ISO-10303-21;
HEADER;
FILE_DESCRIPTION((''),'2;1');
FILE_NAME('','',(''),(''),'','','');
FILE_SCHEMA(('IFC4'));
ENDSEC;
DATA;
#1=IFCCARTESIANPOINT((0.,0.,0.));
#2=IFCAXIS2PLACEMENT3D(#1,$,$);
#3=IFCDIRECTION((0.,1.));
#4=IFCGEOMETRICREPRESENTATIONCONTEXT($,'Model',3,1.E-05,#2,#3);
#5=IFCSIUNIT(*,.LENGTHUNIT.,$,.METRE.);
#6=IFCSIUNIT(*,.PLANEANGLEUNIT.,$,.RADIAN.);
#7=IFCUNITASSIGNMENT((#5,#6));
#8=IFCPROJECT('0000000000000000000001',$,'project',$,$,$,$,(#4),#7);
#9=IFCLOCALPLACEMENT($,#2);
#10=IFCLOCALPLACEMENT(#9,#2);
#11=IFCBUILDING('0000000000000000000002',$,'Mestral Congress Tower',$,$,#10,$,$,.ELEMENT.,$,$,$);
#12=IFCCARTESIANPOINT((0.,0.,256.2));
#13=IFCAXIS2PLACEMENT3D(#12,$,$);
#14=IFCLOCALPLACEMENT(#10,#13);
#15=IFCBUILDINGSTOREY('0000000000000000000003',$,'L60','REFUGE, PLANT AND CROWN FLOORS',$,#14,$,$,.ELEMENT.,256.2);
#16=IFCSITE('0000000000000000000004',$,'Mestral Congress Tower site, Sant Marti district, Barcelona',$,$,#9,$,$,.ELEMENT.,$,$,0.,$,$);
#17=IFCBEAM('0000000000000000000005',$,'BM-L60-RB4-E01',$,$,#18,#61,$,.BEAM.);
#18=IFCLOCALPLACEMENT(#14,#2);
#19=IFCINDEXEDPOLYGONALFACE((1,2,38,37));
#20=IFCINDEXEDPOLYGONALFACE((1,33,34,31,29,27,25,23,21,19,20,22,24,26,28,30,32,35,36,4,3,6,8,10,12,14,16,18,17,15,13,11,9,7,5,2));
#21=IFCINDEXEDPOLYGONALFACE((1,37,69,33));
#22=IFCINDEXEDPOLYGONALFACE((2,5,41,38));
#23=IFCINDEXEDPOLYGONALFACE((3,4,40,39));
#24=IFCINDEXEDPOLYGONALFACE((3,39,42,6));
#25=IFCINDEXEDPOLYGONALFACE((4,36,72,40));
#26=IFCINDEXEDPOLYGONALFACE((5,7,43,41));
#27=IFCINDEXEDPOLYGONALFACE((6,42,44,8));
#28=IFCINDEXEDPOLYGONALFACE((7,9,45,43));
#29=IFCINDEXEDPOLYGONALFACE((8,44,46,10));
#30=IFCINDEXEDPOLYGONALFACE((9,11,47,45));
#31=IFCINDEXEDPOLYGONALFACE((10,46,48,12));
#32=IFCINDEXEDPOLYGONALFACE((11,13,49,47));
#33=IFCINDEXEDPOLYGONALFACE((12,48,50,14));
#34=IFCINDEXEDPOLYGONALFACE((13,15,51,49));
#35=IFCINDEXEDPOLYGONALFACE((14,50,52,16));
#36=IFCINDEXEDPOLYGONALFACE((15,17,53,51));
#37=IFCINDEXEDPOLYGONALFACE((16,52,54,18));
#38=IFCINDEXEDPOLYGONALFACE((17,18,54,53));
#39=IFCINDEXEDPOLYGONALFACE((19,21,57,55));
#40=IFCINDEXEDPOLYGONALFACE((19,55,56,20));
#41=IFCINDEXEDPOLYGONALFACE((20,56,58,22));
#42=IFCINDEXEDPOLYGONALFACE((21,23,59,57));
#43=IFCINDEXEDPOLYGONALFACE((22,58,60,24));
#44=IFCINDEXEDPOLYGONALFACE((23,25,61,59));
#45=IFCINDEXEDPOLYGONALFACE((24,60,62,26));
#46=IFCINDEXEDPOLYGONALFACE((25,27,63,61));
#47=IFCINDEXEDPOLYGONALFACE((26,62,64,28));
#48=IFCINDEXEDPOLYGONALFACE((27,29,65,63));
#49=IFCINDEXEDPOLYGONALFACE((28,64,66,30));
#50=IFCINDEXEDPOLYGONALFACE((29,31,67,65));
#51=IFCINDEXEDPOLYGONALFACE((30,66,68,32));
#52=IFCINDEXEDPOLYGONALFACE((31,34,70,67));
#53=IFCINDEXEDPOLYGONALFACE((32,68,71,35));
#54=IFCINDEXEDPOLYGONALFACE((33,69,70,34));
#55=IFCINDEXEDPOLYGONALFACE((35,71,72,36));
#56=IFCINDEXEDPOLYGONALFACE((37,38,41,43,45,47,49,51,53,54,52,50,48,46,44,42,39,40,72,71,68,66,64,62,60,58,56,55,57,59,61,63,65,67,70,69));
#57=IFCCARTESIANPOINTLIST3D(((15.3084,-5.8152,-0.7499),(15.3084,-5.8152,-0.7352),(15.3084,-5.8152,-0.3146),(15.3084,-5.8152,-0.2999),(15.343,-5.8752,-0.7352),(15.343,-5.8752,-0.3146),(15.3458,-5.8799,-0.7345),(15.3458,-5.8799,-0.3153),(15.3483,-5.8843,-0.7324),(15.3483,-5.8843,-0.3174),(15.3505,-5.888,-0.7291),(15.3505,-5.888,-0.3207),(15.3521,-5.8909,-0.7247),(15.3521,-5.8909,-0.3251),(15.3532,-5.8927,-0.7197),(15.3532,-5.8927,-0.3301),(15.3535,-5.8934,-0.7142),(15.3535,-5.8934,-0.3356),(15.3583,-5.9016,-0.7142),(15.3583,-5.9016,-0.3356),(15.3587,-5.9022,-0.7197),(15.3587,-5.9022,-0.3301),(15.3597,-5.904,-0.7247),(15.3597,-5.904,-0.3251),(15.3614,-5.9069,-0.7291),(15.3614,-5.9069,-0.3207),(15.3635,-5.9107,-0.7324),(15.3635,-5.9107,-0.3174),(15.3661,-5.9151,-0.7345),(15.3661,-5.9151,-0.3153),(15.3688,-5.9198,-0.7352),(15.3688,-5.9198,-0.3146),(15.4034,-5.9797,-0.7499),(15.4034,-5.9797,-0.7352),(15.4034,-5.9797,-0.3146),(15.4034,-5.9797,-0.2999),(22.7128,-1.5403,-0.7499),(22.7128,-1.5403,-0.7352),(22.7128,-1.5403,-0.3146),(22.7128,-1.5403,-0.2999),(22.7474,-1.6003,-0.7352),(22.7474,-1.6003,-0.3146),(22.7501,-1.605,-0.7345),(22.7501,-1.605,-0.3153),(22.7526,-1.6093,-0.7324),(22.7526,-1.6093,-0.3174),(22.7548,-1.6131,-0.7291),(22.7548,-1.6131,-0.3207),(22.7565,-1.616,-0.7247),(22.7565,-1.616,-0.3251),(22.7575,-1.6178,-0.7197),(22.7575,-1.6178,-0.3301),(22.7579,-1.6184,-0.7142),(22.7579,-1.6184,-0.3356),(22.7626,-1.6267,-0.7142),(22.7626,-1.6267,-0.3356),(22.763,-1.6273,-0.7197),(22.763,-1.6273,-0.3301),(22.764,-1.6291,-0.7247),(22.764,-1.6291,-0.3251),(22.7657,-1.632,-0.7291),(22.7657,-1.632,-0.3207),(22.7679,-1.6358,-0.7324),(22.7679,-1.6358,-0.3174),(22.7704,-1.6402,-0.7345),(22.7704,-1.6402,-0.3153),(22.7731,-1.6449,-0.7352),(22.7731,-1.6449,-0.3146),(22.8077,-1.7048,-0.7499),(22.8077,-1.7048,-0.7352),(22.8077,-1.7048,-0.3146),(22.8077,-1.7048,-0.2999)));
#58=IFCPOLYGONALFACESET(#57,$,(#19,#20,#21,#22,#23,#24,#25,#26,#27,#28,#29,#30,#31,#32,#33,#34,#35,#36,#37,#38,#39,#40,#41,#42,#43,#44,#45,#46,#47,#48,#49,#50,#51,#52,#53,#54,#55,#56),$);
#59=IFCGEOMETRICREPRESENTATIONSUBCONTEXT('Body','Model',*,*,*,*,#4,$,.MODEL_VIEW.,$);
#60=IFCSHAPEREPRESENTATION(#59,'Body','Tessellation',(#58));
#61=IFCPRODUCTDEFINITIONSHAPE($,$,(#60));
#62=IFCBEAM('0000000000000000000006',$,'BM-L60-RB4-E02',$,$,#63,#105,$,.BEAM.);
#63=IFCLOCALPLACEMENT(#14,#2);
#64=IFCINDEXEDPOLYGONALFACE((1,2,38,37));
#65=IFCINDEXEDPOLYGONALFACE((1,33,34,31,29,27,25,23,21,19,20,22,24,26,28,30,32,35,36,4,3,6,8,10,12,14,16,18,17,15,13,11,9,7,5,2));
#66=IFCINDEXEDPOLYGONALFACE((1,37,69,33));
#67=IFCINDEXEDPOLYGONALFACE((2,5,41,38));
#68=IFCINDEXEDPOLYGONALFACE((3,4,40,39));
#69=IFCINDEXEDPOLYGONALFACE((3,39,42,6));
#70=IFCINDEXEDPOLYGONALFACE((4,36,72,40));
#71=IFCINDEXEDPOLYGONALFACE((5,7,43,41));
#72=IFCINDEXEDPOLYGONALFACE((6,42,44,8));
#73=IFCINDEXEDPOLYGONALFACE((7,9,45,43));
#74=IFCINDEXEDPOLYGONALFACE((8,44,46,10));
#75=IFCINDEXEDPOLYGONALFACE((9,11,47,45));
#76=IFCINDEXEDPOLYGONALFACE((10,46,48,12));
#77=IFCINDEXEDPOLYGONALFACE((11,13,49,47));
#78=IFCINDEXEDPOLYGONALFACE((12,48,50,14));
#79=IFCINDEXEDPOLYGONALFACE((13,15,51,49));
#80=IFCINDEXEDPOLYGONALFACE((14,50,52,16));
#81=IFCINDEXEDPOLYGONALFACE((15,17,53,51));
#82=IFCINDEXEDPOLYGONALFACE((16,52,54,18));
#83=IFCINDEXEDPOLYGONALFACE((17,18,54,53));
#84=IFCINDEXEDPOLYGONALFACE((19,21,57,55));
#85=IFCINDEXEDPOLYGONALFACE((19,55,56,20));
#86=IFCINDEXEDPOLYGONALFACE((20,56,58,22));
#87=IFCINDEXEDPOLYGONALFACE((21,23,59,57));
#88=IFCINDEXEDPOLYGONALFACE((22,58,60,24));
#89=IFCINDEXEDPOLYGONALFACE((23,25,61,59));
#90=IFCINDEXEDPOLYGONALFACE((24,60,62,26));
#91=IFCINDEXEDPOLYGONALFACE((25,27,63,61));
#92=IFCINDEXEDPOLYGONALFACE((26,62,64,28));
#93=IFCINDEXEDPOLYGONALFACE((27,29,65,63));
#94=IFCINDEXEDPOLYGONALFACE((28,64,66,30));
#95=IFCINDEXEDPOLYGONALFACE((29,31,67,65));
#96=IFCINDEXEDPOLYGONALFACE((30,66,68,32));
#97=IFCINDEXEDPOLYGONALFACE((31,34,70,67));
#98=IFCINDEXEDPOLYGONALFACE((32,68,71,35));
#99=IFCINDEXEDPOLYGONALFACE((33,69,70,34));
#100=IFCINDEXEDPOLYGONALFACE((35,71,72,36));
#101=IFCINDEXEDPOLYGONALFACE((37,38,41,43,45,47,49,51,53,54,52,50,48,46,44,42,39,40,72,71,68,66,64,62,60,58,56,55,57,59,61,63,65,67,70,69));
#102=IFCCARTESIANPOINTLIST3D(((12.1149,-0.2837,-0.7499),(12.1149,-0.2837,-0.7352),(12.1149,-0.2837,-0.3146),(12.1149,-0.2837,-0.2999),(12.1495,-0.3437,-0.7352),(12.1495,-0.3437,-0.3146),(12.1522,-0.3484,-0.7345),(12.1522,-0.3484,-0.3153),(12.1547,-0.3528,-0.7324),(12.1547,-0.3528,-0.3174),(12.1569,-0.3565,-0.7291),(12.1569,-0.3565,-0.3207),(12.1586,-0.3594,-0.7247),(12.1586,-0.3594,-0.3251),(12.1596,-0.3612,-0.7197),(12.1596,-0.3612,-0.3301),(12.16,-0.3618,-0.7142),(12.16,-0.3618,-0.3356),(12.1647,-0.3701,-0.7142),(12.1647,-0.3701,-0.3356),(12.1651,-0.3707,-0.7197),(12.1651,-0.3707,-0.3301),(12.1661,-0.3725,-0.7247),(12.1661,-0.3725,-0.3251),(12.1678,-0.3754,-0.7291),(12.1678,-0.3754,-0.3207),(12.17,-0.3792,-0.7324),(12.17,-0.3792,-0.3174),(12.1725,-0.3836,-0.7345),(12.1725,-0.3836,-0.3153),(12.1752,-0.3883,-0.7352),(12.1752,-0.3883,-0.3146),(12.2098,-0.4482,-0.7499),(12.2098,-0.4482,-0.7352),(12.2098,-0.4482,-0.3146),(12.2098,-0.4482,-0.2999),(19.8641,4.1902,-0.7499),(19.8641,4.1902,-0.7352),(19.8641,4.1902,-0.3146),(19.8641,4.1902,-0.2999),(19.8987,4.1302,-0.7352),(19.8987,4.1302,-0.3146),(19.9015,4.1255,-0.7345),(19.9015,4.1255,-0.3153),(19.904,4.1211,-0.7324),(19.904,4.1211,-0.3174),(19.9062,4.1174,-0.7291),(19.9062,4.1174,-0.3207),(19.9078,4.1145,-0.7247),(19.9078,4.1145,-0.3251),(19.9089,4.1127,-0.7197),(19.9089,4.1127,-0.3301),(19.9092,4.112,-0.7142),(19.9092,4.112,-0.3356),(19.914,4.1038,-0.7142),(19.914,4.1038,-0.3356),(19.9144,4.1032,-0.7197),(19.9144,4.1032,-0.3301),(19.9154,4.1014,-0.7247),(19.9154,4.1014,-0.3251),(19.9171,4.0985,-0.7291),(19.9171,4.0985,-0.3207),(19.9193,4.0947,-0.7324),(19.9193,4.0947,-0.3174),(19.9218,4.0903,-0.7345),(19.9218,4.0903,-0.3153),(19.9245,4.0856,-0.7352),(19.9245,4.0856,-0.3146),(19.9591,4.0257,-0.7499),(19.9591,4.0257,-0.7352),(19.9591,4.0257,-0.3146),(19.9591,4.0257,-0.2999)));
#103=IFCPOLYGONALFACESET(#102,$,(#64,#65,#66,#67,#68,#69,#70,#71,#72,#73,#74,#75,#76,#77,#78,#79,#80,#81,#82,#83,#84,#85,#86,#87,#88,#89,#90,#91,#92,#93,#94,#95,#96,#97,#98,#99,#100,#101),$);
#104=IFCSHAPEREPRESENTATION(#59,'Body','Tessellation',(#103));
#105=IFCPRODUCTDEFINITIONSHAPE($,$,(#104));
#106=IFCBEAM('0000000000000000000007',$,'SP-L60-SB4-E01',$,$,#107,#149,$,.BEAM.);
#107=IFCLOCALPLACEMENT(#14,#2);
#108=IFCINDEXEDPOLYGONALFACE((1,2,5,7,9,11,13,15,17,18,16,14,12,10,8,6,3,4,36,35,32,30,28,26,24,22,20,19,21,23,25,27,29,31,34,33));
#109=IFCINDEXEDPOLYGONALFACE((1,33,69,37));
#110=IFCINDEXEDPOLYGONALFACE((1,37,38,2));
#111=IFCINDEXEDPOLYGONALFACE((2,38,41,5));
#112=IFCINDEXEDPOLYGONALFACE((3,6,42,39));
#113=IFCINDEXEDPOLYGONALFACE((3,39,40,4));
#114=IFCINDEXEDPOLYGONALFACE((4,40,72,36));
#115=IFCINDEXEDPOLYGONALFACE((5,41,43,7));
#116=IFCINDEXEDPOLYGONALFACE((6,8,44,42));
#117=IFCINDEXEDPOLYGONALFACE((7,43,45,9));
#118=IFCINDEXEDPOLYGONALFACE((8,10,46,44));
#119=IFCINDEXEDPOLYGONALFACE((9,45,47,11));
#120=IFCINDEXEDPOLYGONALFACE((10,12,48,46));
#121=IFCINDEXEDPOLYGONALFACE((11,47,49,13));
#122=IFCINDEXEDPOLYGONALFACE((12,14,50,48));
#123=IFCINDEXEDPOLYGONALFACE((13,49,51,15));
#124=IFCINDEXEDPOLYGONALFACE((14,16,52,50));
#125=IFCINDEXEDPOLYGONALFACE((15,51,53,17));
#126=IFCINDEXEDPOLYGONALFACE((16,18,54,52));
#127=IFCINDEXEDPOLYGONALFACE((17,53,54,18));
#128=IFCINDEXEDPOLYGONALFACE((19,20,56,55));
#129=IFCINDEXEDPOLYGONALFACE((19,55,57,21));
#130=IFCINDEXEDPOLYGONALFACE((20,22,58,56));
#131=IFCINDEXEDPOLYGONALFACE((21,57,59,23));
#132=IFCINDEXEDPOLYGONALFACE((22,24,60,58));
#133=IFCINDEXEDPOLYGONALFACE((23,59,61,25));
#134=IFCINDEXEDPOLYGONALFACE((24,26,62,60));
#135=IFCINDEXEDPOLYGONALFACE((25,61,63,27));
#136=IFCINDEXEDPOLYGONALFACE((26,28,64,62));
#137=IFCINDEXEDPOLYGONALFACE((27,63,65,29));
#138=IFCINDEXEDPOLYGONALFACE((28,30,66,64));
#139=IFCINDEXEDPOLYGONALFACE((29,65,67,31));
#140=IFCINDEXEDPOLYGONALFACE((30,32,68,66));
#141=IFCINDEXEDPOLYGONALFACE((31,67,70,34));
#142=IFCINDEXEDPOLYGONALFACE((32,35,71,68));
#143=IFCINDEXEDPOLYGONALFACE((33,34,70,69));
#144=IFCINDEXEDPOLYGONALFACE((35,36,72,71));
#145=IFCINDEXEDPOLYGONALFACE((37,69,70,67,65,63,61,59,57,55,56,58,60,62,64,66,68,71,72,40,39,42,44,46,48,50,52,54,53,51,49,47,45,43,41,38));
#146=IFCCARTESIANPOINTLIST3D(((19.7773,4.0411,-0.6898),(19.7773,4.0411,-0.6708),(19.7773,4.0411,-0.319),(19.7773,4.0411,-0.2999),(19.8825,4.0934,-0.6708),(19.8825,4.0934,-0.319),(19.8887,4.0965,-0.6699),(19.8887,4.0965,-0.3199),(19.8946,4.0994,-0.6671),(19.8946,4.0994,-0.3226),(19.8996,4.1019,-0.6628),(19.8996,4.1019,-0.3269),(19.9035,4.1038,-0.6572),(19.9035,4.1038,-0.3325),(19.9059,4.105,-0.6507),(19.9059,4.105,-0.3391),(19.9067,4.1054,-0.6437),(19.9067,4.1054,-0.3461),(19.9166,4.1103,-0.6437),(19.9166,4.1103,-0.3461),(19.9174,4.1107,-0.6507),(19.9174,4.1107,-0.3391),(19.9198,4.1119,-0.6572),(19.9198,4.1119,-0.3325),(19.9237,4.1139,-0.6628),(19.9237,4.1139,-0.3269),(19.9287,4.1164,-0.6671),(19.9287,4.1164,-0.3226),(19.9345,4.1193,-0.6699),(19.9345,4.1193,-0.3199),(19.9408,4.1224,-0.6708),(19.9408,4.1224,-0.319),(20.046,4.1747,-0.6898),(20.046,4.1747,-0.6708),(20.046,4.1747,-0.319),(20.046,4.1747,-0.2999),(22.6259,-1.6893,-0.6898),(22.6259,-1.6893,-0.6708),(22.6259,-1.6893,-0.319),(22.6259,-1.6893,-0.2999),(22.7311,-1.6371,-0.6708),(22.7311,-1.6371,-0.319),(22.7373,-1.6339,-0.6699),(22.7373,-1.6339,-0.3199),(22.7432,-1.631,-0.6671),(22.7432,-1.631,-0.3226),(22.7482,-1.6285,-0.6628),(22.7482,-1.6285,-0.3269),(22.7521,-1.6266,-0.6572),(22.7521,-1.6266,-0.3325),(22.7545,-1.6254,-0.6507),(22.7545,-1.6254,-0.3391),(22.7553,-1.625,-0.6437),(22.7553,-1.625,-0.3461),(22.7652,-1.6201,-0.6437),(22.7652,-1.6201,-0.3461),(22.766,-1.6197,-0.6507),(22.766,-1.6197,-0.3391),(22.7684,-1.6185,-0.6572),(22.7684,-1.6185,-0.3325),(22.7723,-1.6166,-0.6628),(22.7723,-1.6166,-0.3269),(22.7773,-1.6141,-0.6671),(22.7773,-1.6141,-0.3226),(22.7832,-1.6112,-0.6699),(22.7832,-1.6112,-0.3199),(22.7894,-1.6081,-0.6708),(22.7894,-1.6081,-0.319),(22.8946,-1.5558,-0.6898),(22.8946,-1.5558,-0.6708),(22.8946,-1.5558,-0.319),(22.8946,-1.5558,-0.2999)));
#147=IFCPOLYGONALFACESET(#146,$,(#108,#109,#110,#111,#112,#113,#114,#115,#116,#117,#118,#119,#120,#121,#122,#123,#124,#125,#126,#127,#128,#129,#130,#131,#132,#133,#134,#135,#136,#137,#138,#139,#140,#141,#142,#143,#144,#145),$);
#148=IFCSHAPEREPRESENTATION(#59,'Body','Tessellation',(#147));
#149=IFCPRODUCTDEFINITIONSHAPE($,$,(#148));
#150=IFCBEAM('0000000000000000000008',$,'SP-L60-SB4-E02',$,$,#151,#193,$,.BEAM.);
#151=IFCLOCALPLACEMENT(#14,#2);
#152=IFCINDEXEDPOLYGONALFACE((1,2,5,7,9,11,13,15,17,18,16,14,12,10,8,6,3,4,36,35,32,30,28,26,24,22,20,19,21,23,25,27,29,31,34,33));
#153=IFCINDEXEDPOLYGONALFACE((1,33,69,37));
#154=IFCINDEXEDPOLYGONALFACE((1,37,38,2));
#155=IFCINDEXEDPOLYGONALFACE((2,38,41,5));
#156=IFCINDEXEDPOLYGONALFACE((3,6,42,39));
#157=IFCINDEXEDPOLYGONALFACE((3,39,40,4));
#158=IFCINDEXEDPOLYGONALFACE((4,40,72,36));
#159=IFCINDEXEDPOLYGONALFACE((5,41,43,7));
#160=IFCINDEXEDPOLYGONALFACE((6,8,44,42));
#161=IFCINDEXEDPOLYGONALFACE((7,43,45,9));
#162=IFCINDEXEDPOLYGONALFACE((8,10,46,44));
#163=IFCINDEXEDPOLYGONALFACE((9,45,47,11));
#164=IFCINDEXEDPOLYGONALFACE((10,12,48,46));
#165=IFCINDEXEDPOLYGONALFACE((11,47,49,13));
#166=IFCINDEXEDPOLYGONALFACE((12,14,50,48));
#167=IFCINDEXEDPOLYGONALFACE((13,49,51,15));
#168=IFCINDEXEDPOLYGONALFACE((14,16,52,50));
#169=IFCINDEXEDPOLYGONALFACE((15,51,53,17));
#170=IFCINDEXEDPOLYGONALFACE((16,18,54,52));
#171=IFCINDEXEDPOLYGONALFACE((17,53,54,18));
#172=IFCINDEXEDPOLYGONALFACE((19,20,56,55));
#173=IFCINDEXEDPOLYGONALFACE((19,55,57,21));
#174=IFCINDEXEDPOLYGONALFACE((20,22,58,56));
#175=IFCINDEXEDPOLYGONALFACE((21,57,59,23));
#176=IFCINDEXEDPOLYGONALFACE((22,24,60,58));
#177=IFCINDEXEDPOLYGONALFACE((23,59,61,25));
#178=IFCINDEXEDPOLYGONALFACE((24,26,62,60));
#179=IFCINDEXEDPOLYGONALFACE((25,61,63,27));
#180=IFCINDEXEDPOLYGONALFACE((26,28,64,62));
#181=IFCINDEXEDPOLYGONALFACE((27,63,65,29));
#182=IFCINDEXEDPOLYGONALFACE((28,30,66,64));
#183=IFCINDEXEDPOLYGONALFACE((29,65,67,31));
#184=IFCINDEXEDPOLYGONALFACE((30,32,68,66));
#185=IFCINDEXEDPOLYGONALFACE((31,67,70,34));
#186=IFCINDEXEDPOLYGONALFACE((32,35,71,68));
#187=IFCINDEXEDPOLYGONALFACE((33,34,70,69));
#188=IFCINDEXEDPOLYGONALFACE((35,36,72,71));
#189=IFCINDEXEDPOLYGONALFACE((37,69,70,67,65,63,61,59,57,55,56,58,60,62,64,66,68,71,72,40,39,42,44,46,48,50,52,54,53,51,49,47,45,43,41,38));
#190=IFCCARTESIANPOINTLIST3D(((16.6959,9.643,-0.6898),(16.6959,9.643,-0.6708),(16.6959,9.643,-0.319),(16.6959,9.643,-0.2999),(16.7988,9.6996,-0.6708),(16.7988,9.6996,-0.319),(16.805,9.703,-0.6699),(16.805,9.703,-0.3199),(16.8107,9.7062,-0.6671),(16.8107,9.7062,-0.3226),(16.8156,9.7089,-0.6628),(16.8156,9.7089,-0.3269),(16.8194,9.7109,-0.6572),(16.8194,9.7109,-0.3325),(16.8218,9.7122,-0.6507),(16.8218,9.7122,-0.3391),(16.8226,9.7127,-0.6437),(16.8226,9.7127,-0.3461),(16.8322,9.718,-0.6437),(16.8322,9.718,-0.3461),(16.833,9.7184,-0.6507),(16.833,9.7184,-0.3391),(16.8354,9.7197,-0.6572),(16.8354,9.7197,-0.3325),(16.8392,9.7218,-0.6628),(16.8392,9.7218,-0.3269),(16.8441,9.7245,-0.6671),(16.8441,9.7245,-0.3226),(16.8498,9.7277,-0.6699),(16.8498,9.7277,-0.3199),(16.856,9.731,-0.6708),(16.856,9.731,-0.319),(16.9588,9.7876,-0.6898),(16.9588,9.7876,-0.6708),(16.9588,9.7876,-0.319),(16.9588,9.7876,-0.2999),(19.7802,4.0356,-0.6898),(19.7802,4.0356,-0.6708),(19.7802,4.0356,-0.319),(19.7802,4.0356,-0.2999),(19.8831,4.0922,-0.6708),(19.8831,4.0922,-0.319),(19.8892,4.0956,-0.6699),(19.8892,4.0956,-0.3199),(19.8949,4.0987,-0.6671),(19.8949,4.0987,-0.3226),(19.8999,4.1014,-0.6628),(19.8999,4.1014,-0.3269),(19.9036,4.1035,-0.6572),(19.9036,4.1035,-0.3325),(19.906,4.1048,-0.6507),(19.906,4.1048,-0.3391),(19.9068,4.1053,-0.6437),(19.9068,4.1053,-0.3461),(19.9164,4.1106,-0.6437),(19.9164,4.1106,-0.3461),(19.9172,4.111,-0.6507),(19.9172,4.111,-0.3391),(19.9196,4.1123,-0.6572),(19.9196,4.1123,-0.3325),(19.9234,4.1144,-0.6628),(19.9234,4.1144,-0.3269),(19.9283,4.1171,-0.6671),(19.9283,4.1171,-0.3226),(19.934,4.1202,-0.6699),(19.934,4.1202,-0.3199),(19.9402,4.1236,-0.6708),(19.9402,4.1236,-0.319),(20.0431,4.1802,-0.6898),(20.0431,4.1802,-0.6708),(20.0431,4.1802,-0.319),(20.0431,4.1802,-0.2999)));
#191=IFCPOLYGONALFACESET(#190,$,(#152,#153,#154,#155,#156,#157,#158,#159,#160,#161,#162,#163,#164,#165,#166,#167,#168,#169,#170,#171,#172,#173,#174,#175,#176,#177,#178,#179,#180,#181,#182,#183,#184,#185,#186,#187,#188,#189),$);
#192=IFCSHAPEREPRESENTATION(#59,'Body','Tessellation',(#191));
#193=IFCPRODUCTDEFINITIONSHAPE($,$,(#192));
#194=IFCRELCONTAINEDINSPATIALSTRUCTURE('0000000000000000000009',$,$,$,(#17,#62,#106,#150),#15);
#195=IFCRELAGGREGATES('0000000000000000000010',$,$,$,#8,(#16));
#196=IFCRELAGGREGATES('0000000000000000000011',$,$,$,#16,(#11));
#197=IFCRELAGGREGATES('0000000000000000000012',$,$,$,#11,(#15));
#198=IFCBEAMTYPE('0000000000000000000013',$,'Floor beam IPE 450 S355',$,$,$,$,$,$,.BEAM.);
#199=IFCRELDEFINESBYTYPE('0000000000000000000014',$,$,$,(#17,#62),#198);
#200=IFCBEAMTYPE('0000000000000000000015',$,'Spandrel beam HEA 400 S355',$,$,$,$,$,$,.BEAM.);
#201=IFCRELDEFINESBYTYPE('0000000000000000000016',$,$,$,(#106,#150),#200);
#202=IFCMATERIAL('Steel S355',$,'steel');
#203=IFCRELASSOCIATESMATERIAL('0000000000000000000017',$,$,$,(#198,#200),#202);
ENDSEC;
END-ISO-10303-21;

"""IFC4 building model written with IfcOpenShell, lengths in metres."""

from ifc_helpers import new_model, si_unit, direction, frame, origin, origin_2d, place, context, subcontext, project, spatial, i_section, extrude, material, material_profile, profile_set, type_object, element, save


model = new_model("IFC4")

# Units and contexts
model_context = context("Model", 3, precision=1e-05, world=origin(), true_north=direction((0.0, 1.0)))
body_context = subcontext(model_context, "Body", "Model", "MODEL_VIEW")
ifc_project = project(units=[si_unit("LENGTHUNIT", "METRE"), si_unit("PLANEANGLEUNIT", "RADIAN")], contexts=[model_context])

# Site, building, storey
site_placement = place(None, origin())
site = spatial("IfcSite", under=ifc_project, at=site_placement, Name="Mestral Congress Tower site, Sant Marti district, Barcelona", CompositionType="ELEMENT", RefElevation=0.0)
building_placement = place(site_placement, origin())
building = spatial("IfcBuilding", under=site, at=building_placement, Name="Mestral Congress Tower", CompositionType="ELEMENT")
storey_placement = place(building_placement, frame((0.0, 0.0, 256.2)))
storey = spatial("IfcBuildingStorey", under=building, at=storey_placement, Name="L60", Description="REFUGE, PLANT AND CROWN FLOORS", CompositionType="ELEMENT", Elevation=256.2)

# Shared definitions
ifc_material_1 = material(Name="Steel S355", Category="steel")

# Beams
ifc_material_profile_1 = material_profile(ifc_material_1, i_section(OverallWidth=0.1899, OverallDepth=0.45, WebThickness=0.0095, FlangeThickness=0.0146, FilletRadius=0.021, at=origin_2d()), Name="IPE 450")
ifc_profile_set_1 = profile_set([ifc_material_profile_1], Name="Steel S355")
beam_type_1 = type_object("IfcBeamType", Name="Floor beam IPE 450 S355", PredefinedType="BEAM", material=ifc_profile_set_1)
beam_1_placement = place(storey_placement, frame((22.7603, -1.6226, -0.5249), z_axis=(-0.866024, -0.500003, 0.0), x_axis=(0.500003, -0.866024, 0.0)))
element("IfcBeam", 1, at=beam_1_placement, inside=storey, type_object=beam_type_1, Name="BM-L60-RB4-E01", PredefinedType="BEAM", context=body_context, shape_type="SweptSolid", body=[
    extrude(i_section(OverallWidth=0.1899, OverallDepth=0.45, WebThickness=0.0095, FlangeThickness=0.0146, FilletRadius=0.021, at=origin_2d()), origin(), (0.0, 0.0, 1.0), 8.5498),
])
beam_2_placement = place(storey_placement, frame((19.9116, 4.1079, -0.5249), z_axis=(-0.866033, -0.499986, 0.0), x_axis=(0.499986, -0.866033, 0.0)))
element("IfcBeam", 2, at=beam_2_placement, inside=storey, type_object=beam_type_1, Name="BM-L60-RB4-E02", PredefinedType="BEAM", context=body_context, shape_type="SweptSolid", body=[
    extrude(i_section(OverallWidth=0.1899, OverallDepth=0.45, WebThickness=0.0095, FlangeThickness=0.0146, FilletRadius=0.021, at=origin_2d()), origin(), (0.0, 0.0, 1.0), 8.948),
])
ifc_material_profile_2 = material_profile(ifc_material_1, i_section(OverallWidth=0.3, OverallDepth=0.3899, WebThickness=0.011, FlangeThickness=0.019, FilletRadius=0.0271, at=origin_2d()), Name="HEA 400")
ifc_profile_set_2 = profile_set([ifc_material_profile_2], Name="Steel S355")
beam_type_2 = type_object("IfcBeamType", Name="Spandrel beam HEA 400 S355", PredefinedType="BEAM", material=ifc_profile_set_2)
beam_3_placement = place(storey_placement, frame((22.7603, -1.6226, -0.4949), z_axis=(-0.445137, 0.895462, 0.0), x_axis=(-0.895462, -0.445137, 0.0)))
element("IfcBeam", 3, at=beam_3_placement, inside=storey, type_object=beam_type_2, Name="SP-L60-SB4-E01", PredefinedType="BEAM", context=body_context, shape_type="SweptSolid", body=[
    extrude(i_section(OverallWidth=0.3, OverallDepth=0.3899, WebThickness=0.011, FlangeThickness=0.019, FilletRadius=0.0271, at=origin_2d()), origin(), (0.0, 0.0, 1.0), 6.3994),
])
beam_4_placement = place(storey_placement, frame((19.9116, 4.1079, -0.4949), z_axis=(-0.481936, 0.876206, 0.0), x_axis=(-0.876206, -0.481936, 0.0)))
element("IfcBeam", 4, at=beam_4_placement, inside=storey, type_object=beam_type_2, Name="SP-L60-SB4-E02", PredefinedType="BEAM", context=body_context, shape_type="SweptSolid", body=[
    extrude(i_section(OverallWidth=0.3, OverallDepth=0.3899, WebThickness=0.011, FlangeThickness=0.019, FilletRadius=0.0271, at=origin_2d()), origin(), (0.0, 0.0, 1.0), 6.3997),
])

save(model, "model.ifc")
